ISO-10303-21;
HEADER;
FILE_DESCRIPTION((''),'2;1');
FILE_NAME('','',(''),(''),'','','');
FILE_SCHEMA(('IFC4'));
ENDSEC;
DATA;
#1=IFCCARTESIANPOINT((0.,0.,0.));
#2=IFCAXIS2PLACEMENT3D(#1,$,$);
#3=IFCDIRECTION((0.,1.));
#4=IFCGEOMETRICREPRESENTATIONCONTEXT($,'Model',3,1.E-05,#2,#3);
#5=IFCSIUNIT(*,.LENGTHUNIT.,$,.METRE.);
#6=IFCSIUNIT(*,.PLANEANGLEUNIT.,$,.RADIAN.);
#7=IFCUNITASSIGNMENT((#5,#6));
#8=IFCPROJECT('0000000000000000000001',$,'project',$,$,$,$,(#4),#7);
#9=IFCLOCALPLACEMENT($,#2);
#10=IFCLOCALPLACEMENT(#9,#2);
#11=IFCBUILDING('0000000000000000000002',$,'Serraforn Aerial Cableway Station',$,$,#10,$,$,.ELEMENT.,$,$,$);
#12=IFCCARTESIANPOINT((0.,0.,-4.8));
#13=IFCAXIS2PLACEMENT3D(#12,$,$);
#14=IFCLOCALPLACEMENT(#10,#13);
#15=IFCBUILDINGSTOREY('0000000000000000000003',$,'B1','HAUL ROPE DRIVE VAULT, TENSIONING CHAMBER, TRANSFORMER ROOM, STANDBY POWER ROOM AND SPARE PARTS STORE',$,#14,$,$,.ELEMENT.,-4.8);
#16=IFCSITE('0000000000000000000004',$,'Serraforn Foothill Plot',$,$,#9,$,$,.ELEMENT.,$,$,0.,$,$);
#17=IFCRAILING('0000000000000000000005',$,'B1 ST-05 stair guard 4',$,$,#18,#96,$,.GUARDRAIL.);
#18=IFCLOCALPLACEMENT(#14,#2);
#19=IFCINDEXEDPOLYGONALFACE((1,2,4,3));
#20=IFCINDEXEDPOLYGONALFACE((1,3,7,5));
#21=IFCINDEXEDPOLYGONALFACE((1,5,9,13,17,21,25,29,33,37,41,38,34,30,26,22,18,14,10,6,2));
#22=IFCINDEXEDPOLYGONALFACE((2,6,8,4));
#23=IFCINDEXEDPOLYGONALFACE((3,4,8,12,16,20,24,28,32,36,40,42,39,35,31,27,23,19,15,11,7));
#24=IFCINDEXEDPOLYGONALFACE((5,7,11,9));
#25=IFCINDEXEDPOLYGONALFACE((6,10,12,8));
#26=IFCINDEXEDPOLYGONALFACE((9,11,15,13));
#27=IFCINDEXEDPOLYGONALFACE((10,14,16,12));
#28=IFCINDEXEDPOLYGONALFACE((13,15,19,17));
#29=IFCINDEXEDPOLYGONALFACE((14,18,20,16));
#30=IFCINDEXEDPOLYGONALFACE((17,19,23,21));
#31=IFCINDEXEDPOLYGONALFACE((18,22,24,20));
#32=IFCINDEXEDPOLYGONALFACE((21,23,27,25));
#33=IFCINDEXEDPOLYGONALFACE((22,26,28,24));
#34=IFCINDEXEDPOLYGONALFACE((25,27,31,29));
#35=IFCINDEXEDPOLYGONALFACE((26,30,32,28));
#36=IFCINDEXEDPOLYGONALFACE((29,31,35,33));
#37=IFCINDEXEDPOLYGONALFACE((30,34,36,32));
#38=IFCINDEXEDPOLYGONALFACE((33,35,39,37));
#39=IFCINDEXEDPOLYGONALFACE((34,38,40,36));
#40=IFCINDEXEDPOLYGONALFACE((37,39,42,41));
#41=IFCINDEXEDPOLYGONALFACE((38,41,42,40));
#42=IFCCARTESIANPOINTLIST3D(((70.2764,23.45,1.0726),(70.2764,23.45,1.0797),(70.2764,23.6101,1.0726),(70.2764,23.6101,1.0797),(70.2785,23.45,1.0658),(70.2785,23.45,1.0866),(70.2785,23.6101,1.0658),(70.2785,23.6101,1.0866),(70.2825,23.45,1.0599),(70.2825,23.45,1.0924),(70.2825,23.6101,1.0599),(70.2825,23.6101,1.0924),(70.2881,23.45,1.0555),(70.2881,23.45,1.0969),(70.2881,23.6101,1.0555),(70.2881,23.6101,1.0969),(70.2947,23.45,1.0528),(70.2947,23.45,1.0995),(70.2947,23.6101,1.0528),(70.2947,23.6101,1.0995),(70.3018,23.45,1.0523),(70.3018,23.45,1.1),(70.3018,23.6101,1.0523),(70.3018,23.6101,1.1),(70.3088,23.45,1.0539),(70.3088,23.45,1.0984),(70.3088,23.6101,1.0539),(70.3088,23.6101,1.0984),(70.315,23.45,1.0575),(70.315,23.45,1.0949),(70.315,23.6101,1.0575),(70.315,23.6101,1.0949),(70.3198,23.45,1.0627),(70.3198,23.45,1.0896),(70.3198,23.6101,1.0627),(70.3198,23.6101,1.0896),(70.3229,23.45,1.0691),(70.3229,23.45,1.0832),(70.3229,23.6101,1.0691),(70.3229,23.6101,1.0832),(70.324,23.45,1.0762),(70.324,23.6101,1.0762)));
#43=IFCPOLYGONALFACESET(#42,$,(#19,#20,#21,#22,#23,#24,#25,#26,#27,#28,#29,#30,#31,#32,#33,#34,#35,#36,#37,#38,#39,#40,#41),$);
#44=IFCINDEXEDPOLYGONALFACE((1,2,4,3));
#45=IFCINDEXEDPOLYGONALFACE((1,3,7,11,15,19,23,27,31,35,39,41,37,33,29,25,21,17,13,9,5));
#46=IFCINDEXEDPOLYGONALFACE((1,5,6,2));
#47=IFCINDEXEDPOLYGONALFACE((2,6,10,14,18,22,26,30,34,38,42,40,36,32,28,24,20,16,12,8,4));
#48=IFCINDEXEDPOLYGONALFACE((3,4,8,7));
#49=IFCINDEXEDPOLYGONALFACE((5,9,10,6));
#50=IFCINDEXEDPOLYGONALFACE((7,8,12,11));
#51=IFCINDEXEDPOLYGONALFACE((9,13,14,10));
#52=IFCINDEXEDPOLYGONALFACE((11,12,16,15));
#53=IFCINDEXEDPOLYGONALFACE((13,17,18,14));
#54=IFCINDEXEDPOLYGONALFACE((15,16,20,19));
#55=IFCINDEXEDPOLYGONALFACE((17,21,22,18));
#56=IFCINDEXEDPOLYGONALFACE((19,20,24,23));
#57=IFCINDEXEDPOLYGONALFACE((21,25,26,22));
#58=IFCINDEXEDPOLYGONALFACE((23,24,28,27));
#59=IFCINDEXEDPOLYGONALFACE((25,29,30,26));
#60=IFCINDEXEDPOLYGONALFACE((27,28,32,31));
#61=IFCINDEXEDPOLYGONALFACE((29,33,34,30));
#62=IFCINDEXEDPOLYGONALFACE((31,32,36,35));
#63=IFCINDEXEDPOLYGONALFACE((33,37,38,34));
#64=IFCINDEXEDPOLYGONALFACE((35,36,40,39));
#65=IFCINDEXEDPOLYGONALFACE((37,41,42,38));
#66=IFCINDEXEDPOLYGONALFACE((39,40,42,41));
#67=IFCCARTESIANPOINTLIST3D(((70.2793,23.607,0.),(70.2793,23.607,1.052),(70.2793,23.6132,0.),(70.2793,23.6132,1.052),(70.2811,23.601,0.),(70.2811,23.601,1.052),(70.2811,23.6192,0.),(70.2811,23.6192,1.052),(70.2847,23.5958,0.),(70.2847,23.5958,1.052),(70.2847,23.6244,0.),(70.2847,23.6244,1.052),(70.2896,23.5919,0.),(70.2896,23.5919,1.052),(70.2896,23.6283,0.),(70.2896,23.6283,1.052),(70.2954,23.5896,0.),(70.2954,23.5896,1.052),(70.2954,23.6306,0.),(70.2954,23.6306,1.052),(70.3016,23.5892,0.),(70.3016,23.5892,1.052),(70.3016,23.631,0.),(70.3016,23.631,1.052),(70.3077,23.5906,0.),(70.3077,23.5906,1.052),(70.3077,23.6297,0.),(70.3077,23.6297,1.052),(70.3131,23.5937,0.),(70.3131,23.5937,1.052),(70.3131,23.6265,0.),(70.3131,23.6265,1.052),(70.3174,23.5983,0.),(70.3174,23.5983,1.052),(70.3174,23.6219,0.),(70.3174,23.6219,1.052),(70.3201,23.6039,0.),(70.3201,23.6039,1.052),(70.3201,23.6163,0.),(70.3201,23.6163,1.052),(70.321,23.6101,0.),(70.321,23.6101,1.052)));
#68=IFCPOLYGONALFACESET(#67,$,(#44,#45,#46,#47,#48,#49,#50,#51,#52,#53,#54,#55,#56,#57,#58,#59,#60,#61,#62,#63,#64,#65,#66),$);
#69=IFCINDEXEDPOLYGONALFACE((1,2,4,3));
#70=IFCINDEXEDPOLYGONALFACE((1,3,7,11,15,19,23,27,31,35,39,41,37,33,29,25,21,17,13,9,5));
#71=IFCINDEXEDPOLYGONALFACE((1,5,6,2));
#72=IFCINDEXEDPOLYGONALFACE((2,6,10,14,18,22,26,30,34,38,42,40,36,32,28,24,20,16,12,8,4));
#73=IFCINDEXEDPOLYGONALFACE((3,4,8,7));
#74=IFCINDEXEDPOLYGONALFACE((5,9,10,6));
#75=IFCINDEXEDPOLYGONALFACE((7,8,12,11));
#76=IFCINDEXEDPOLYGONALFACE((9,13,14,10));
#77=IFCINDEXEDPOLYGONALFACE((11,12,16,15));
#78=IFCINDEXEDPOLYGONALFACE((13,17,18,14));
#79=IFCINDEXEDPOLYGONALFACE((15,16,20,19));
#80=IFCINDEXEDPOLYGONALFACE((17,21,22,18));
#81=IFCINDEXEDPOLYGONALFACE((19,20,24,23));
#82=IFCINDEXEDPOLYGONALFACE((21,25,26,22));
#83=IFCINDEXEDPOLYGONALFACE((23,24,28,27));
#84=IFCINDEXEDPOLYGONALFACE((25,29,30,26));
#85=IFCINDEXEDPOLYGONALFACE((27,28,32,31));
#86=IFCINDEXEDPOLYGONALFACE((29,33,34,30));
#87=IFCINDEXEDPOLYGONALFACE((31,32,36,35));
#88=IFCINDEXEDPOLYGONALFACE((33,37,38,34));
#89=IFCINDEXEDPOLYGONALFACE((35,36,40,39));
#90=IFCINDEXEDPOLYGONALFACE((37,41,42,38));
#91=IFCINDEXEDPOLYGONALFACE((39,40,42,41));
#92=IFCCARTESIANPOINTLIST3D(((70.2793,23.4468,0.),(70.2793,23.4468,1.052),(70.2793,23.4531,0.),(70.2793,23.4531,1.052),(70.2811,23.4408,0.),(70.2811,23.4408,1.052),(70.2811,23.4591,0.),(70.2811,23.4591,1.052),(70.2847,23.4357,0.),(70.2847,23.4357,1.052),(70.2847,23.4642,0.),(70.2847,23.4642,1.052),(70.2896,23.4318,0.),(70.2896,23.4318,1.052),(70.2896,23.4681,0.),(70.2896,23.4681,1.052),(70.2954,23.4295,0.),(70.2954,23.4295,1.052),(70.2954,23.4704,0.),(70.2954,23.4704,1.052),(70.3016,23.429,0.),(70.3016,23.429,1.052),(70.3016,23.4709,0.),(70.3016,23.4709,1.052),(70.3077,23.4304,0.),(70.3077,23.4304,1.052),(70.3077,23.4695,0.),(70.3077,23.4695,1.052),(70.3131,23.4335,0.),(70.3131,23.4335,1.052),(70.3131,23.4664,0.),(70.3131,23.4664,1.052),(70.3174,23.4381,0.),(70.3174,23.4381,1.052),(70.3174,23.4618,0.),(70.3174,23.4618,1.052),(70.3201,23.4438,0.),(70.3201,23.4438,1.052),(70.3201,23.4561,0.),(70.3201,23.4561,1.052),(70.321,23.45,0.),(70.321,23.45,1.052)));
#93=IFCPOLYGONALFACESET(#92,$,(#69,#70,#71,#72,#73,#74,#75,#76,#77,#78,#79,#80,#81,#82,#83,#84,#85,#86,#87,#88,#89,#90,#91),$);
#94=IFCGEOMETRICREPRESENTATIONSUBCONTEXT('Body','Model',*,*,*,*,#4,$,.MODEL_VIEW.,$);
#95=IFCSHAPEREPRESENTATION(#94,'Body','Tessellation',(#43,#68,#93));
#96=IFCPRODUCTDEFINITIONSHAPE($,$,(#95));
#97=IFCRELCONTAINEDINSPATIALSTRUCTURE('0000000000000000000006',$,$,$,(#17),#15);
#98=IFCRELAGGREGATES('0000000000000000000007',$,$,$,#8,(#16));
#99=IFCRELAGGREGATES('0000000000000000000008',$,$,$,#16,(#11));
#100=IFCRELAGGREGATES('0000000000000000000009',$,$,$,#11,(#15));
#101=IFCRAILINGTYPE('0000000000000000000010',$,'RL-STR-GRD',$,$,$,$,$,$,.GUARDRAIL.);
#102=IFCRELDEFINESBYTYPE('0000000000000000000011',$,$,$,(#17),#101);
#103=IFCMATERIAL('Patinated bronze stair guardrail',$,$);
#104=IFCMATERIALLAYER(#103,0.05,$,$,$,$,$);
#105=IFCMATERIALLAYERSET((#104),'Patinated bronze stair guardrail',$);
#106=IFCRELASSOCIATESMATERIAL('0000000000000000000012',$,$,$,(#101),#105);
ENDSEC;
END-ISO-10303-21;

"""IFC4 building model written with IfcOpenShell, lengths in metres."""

from ifc_helpers import new_model, si_unit, direction, frame, origin, origin_2d, place, context, subcontext, project, spatial, circle, extrude, material, layer, layer_set, type_object, element, save


model = new_model("IFC4")

# Units and contexts
model_context = context("Model", 3, precision=1e-05, world=origin(), true_north=direction((0.0, 1.0)))
body_context = subcontext(model_context, "Body", "Model", "MODEL_VIEW")
ifc_project = project(units=[si_unit("LENGTHUNIT", "METRE"), si_unit("PLANEANGLEUNIT", "RADIAN")], contexts=[model_context])

# Site, building, storey
site_placement = place(None, origin())
site = spatial("IfcSite", under=ifc_project, at=site_placement, Name="Serraforn Foothill Plot", CompositionType="ELEMENT", RefElevation=0.0)
building_placement = place(site_placement, origin())
building = spatial("IfcBuilding", under=site, at=building_placement, Name="Serraforn Aerial Cableway Station", CompositionType="ELEMENT")
storey_placement = place(building_placement, frame((0.0, 0.0, -4.8)))
storey = spatial("IfcBuildingStorey", under=building, at=storey_placement, Name="B1", Description="HAUL ROPE DRIVE VAULT, TENSIONING CHAMBER, TRANSFORMER ROOM, STANDBY POWER ROOM AND SPARE PARTS STORE", CompositionType="ELEMENT", Elevation=-4.8)

# Railing
ifc_material_1 = material(Name="Patinated bronze stair guardrail")
ifc_layer_1 = layer(ifc_material_1, 0.05)
ifc_layer_set_1 = layer_set([ifc_layer_1], Name="Patinated bronze stair guardrail")
railing_type_1 = type_object("IfcRailingType", Name="RL-STR-GRD", PredefinedType="GUARDRAIL", material=ifc_layer_set_1)
railing_1_placement = place(storey_placement, frame((70.3, 23.6101, 0.0)))
element("IfcRailing", 1, at=railing_1_placement, inside=storey, type_object=railing_type_1, Name="B1 ST-05 stair guard 4", PredefinedType="GUARDRAIL", context=body_context, shape_type="SweptSolid", body=[
    extrude(circle(Radius=0.0239, at=origin_2d()), frame((0.0, 0.0, 1.0762), z_axis=(0.0, -1.0, 0.0), x_axis=(1.0, 0.0, 0.0)), (0.0, 0.0, 1.0), 0.1602),
    extrude(circle(Radius=0.021, at=origin_2d()), origin(), (0.0, 0.0, 1.0), 1.052),
    extrude(circle(Radius=0.021, at=origin_2d()), frame((0.0, -0.1602, 0.0)), (0.0, 0.0, 1.0), 1.052),
])

save(model, "model.ifc")
